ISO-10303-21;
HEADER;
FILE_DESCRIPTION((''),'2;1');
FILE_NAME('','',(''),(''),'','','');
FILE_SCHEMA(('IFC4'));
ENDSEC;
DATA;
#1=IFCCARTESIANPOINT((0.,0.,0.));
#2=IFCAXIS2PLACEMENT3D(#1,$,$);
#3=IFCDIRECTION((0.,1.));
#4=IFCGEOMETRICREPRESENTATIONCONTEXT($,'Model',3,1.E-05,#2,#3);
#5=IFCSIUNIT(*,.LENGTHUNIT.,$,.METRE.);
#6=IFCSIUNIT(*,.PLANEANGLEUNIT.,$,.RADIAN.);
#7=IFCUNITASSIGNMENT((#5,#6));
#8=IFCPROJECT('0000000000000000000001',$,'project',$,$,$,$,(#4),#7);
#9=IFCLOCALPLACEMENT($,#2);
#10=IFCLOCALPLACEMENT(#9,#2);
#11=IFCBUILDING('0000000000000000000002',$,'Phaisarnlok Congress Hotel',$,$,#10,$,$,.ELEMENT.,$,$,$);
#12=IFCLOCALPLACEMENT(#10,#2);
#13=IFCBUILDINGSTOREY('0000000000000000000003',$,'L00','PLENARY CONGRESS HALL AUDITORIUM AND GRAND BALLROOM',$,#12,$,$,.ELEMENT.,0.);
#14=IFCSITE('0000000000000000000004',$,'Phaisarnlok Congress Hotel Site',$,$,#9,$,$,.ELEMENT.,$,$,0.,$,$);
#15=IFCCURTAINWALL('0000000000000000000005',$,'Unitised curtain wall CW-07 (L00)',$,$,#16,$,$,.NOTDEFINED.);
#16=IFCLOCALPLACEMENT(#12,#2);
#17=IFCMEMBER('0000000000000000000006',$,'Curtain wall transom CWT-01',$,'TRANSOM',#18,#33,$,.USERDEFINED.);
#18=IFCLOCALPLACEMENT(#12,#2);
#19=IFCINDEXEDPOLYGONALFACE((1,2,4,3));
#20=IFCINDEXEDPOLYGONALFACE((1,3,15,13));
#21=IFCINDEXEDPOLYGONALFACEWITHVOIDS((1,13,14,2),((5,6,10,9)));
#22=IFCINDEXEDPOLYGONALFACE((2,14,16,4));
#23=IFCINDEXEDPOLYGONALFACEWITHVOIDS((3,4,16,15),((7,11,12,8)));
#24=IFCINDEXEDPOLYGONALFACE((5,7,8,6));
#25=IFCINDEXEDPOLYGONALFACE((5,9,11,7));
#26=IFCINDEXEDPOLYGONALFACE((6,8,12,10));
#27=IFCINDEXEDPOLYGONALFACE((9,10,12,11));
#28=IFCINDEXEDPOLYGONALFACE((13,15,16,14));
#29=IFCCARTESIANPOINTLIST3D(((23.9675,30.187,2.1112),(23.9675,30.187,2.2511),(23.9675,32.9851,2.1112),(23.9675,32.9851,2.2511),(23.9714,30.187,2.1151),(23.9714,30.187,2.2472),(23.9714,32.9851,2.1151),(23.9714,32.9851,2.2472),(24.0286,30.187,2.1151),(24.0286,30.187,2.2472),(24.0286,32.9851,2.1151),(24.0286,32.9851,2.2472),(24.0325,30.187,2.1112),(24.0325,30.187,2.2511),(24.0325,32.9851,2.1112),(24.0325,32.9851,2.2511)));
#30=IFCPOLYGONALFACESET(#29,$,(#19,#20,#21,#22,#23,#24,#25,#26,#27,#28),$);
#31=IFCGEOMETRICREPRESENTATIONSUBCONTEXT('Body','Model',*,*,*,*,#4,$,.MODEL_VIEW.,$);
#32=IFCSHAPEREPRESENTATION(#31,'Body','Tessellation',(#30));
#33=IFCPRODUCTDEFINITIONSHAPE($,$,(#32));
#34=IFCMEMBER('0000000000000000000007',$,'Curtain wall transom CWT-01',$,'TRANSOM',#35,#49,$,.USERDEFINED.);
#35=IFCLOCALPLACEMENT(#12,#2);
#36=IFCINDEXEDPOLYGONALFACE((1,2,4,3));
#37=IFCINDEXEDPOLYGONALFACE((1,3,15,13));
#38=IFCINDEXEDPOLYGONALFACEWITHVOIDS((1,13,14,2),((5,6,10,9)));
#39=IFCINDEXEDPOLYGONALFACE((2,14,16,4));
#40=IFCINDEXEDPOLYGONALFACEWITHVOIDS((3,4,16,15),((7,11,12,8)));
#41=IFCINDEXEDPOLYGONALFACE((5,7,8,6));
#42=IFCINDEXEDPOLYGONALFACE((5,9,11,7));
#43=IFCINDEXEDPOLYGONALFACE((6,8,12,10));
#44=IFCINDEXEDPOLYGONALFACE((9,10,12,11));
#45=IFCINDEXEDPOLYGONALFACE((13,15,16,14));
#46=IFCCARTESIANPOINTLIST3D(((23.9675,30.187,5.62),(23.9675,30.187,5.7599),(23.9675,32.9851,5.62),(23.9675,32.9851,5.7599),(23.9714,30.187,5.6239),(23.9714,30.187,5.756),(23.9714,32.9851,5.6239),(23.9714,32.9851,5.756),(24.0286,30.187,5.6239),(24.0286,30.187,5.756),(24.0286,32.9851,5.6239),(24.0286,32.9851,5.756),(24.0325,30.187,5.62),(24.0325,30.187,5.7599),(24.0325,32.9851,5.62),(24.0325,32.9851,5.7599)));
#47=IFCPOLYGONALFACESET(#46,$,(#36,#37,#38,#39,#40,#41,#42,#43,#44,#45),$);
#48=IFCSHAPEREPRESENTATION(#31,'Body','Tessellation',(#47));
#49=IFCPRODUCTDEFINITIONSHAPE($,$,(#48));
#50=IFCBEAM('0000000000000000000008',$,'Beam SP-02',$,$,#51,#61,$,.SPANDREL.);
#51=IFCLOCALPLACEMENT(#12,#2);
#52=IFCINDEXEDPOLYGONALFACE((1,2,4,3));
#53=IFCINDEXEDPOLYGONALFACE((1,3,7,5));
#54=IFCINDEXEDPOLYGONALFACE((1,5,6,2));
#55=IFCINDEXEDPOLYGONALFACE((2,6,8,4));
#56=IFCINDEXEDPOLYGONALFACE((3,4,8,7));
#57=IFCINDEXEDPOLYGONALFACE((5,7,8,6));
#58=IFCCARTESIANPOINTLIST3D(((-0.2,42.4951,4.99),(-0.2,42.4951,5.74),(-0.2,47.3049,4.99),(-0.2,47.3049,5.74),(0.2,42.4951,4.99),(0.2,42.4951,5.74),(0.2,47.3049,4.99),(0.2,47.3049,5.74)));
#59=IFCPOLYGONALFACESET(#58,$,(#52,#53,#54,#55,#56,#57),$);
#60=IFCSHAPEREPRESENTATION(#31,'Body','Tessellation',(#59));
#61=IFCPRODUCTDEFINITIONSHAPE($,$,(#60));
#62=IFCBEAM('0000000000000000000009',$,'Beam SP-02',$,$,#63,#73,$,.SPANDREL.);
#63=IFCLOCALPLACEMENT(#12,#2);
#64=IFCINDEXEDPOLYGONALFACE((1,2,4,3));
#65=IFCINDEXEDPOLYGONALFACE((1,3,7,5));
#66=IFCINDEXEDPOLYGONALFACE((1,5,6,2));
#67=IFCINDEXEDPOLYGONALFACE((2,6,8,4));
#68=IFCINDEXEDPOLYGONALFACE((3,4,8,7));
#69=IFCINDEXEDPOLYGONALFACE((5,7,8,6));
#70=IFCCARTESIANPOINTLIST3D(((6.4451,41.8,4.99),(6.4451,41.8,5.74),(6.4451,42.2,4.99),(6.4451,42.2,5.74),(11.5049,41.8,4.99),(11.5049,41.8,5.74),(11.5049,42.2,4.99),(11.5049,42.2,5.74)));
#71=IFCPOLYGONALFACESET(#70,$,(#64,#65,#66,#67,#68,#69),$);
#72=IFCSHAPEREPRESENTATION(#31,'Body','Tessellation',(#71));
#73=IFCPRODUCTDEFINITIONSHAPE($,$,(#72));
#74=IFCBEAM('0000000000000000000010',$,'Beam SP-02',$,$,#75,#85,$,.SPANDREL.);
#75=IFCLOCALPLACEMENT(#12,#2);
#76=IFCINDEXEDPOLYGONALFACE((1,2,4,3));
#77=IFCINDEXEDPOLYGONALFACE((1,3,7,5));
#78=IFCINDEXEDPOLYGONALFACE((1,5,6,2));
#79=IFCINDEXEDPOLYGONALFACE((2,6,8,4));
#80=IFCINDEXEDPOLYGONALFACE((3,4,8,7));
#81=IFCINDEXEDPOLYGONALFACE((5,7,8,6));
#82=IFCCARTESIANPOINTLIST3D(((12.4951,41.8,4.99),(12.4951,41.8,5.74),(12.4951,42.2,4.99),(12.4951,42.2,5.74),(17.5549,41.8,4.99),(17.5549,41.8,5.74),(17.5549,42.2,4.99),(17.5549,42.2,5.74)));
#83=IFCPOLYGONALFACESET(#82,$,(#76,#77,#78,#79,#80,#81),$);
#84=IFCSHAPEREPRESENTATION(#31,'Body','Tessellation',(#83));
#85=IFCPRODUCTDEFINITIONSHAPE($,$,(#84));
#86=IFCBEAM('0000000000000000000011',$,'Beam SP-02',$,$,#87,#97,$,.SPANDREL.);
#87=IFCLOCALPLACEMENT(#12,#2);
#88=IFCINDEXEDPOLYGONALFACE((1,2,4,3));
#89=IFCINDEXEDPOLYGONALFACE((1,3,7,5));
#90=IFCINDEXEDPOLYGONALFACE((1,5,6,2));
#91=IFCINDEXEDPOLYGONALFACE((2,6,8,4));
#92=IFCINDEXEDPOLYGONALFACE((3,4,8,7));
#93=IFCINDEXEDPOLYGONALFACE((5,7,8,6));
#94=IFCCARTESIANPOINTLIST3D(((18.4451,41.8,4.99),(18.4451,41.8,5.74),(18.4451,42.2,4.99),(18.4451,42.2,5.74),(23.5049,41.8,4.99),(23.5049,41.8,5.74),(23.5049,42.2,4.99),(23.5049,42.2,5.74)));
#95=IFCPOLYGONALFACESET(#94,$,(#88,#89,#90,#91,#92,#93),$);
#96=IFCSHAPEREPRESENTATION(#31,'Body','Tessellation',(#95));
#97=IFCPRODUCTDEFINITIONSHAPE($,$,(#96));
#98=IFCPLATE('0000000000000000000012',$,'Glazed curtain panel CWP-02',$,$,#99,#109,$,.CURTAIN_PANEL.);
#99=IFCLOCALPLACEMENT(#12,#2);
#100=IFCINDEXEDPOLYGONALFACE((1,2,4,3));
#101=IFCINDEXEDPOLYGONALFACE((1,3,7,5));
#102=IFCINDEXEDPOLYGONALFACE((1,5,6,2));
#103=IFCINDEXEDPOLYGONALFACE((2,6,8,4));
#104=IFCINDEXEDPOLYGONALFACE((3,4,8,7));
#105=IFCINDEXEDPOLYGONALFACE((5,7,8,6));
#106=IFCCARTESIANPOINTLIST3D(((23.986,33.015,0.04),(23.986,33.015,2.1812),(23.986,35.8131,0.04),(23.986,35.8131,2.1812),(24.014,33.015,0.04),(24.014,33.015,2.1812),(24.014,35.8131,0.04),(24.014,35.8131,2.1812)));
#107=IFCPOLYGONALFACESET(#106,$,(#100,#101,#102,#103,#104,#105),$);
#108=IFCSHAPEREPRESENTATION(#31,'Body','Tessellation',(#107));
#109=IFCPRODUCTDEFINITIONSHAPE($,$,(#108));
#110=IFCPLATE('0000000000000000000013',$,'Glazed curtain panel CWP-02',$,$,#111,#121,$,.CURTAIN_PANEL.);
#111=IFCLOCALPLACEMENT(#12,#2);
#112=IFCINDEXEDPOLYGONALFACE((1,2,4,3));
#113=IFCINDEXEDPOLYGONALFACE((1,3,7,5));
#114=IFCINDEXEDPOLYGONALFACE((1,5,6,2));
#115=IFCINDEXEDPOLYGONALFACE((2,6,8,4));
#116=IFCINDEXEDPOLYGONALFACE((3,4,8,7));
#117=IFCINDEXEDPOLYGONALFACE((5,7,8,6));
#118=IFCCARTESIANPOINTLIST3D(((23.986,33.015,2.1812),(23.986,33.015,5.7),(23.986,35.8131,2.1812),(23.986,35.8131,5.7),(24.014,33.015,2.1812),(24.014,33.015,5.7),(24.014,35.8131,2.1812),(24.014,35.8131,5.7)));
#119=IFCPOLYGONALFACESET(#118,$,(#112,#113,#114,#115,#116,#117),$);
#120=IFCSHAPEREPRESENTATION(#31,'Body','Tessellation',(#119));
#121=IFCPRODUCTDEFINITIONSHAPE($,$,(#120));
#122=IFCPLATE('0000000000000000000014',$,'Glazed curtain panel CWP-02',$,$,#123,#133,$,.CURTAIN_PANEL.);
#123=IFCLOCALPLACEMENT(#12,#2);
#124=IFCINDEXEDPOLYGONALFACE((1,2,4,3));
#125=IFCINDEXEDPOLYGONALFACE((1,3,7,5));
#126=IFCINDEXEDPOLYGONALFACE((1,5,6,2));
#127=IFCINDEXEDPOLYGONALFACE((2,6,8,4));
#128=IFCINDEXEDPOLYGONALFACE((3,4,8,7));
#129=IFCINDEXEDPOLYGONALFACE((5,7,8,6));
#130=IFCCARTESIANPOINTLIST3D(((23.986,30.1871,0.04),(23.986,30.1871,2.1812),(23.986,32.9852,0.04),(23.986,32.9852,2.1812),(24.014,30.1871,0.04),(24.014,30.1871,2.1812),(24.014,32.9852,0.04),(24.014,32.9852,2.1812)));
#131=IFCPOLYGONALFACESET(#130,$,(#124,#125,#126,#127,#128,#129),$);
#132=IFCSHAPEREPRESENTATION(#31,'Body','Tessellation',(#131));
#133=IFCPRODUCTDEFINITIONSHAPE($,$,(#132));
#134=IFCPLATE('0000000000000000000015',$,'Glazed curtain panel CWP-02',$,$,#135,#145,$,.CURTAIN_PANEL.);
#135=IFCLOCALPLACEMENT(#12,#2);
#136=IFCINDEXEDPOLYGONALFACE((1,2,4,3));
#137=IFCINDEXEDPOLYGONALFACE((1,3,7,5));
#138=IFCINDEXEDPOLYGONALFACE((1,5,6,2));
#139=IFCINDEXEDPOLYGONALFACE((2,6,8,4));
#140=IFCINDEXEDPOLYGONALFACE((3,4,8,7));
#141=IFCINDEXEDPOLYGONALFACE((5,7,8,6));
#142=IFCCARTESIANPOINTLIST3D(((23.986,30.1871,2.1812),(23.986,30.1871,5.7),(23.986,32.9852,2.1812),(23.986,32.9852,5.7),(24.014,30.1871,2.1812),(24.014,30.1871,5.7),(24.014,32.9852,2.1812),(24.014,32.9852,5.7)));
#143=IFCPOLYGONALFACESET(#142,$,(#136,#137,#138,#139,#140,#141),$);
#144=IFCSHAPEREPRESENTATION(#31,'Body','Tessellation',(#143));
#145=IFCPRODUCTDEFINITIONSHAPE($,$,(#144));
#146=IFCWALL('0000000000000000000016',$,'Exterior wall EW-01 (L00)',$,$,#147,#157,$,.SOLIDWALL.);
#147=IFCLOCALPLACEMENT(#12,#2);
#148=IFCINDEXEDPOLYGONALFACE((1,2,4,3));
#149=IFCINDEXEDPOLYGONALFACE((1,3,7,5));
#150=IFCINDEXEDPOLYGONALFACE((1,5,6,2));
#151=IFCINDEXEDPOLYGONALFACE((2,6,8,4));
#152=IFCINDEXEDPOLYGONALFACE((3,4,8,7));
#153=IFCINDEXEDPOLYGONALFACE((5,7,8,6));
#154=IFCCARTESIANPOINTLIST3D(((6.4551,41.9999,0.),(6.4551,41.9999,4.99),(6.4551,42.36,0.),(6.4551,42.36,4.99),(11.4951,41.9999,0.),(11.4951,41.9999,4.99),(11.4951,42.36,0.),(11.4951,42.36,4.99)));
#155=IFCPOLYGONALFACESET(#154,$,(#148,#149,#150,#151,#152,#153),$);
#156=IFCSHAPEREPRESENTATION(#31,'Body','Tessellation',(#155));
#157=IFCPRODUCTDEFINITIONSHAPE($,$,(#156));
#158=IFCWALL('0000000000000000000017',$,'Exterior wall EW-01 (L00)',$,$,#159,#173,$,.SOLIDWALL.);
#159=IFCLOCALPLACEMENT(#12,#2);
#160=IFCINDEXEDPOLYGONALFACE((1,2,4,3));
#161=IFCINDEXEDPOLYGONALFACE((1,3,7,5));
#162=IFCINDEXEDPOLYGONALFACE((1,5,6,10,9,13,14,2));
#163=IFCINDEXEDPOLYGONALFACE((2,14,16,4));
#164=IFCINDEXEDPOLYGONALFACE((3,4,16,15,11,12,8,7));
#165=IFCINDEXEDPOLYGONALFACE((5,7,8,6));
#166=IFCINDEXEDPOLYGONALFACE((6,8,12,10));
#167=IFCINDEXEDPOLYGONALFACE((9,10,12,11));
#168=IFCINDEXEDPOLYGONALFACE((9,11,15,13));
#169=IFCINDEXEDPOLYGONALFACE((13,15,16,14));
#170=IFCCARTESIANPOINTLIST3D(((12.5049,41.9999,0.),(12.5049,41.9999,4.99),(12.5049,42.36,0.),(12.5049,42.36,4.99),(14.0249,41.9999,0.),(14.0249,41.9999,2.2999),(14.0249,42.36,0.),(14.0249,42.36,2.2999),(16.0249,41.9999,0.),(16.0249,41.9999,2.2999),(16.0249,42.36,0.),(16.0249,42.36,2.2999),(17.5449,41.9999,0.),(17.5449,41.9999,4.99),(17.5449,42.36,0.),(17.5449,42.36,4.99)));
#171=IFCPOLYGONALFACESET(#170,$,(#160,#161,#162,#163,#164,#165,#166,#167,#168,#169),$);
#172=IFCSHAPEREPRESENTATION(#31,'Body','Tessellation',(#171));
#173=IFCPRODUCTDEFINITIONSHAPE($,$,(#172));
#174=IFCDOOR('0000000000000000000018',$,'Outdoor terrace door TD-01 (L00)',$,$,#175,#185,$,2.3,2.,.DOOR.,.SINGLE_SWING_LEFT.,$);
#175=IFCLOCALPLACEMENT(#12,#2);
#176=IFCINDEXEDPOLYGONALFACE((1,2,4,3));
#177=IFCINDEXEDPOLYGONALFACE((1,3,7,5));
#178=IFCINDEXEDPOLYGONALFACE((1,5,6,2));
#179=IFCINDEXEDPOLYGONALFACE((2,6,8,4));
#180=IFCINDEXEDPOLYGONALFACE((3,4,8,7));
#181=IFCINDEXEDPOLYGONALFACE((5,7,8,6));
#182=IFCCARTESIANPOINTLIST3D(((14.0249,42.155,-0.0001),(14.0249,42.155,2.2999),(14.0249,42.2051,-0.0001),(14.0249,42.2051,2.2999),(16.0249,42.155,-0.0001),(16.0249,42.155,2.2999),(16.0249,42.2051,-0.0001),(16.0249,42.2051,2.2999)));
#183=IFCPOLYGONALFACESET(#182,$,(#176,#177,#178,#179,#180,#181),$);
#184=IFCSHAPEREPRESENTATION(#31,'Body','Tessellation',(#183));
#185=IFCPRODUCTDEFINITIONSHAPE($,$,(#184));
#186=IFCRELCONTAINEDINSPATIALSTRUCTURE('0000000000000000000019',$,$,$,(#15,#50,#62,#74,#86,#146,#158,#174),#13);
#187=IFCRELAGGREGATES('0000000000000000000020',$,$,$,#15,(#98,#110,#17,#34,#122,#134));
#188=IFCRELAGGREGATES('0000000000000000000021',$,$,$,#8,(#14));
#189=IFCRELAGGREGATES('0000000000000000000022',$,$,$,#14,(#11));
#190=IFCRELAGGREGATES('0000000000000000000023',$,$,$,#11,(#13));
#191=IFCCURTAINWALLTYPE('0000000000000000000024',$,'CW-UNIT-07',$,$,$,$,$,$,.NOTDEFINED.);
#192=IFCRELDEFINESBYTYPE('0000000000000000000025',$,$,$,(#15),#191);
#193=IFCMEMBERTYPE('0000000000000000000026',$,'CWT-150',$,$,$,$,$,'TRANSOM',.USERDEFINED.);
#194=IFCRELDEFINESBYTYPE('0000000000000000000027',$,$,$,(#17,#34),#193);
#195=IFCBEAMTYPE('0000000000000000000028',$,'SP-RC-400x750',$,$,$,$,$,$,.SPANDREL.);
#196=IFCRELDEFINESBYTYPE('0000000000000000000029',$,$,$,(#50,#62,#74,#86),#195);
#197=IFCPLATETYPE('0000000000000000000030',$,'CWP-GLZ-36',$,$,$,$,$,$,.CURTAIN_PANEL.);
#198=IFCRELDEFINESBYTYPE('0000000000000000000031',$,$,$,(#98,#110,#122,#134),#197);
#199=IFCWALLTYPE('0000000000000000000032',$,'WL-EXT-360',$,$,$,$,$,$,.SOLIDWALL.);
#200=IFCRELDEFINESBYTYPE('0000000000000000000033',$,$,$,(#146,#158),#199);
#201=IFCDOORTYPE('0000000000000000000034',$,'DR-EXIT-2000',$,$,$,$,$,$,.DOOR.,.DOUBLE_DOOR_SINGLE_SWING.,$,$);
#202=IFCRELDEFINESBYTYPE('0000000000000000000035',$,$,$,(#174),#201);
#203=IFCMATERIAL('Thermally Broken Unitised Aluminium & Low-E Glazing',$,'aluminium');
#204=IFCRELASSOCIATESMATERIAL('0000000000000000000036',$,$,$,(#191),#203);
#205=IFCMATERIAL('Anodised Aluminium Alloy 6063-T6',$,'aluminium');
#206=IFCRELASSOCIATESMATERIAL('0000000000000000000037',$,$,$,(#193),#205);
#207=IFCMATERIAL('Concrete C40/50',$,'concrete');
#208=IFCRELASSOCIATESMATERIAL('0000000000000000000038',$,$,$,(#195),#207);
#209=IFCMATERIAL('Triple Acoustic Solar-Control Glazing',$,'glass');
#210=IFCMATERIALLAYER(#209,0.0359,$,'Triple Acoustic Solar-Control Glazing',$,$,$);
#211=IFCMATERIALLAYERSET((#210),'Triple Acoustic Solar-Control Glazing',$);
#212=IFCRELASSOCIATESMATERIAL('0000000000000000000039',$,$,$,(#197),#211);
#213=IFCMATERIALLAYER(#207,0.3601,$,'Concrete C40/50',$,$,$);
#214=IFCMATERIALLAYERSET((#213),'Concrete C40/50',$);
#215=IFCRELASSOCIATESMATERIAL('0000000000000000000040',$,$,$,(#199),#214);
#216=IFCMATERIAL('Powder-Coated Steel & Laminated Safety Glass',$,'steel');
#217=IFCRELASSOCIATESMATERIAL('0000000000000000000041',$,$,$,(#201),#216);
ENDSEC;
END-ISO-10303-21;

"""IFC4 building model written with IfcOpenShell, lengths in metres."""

from ifc_helpers import new_model, si_unit, direction, frame, frame_2d, origin, origin_2d, place, context, subcontext, project, spatial, rectangle, hollow_rectangle, extrude, material, layer, layer_set, material_profile, profile_set, type_object, element, fill, aggregate, save


model = new_model("IFC4")

# Units and contexts
model_context = context("Model", 3, precision=1e-05, world=origin(), true_north=direction((0.0, 1.0)))
body_context = subcontext(model_context, "Body", "Model", "MODEL_VIEW")
ifc_project = project(units=[si_unit("LENGTHUNIT", "METRE"), si_unit("PLANEANGLEUNIT", "RADIAN")], contexts=[model_context])

# Site, building, storey
site_placement = place(None, origin())
site = spatial("IfcSite", under=ifc_project, at=site_placement, Name="Phaisarnlok Congress Hotel Site", CompositionType="ELEMENT", RefElevation=0.0)
building_placement = place(site_placement, origin())
building = spatial("IfcBuilding", under=site, at=building_placement, Name="Phaisarnlok Congress Hotel", CompositionType="ELEMENT")
storey_placement = place(building_placement, origin())
storey = spatial("IfcBuildingStorey", under=building, at=storey_placement, Name="L00", Description="PLENARY CONGRESS HALL AUDITORIUM AND GRAND BALLROOM", CompositionType="ELEMENT", Elevation=0.0)

# Curtain wall, members
ifc_material_1 = material(Name="Thermally Broken Unitised Aluminium & Low-E Glazing", Category="aluminium")
curtain_wall_type = type_object("IfcCurtainWallType", Name="CW-UNIT-07", PredefinedType="NOTDEFINED", material=ifc_material_1)
curtain_wall_placement = place(storey_placement, origin())
curtain_wall = element("IfcCurtainWall", 1, at=curtain_wall_placement, inside=storey, type_object=curtain_wall_type, Name="Unitised curtain wall CW-07 (L00)", PredefinedType="NOTDEFINED")
ifc_material_2 = material(Name="Anodised Aluminium Alloy 6063-T6", Category="aluminium")
ifc_material_profile_1 = material_profile(ifc_material_2, hollow_rectangle(XDim=0.0649, YDim=0.1399, WallThickness=0.0039, at=origin_2d()), Name="ALU-T 65x140x4")
ifc_profile_set_1 = profile_set([ifc_material_profile_1], Name="Anodised Aluminium Alloy 6063-T6")
member_type_1 = type_object("IfcMemberType", Name="CWT-150", ElementType="TRANSOM", PredefinedType="USERDEFINED", material=ifc_profile_set_1)
member_1_placement = place(storey_placement, frame((24.0, 32.9851, 2.1812), z_axis=(0.0, -1.0, 0.0), x_axis=(1.0, 0.0, 0.0)))
member_1 = element("IfcMember", 2, at=member_1_placement, type_object=member_type_1, Name="Curtain wall transom CWT-01", ObjectType="TRANSOM", PredefinedType="USERDEFINED", context=body_context, shape_type="SweptSolid", body=[
    extrude(hollow_rectangle(XDim=0.0649, YDim=0.1399, WallThickness=0.0039, at=origin_2d()), origin(), (0.0, 0.0, 1.0), 2.7981),
])
member_2_placement = place(storey_placement, frame((24.0, 32.9851, 5.6899), z_axis=(0.0, -1.0, 0.0), x_axis=(1.0, 0.0, 0.0)))
member_2 = element("IfcMember", 3, at=member_2_placement, type_object=member_type_1, Name="Curtain wall transom CWT-01", ObjectType="TRANSOM", PredefinedType="USERDEFINED", context=body_context, shape_type="SweptSolid", body=[
    extrude(hollow_rectangle(XDim=0.0649, YDim=0.1399, WallThickness=0.0039, at=origin_2d()), origin(), (0.0, 0.0, 1.0), 2.7981),
])

# Beams
ifc_material_3 = material(Name="Concrete C40/50", Category="concrete")
ifc_material_profile_2 = material_profile(ifc_material_3, rectangle(XDim=0.3999, YDim=0.75, at=origin_2d()), Name="RC 400x750")
ifc_profile_set_2 = profile_set([ifc_material_profile_2], Name="Concrete C40/50")
beam_type = type_object("IfcBeamType", Name="SP-RC-400x750", PredefinedType="SPANDREL", material=ifc_profile_set_2)
beam_placement = place(storey_placement, frame((0.0, 42.4951, 5.365), z_axis=(0.0, 1.0, 0.0), x_axis=(-1.0, 0.0, 0.0)))
element("IfcBeam", 4, at=beam_placement, inside=storey, type_object=beam_type, Name="Beam SP-02", PredefinedType="SPANDREL", context=body_context, shape_type="SweptSolid", body=[
    extrude(rectangle(XDim=0.3999, YDim=0.75, at=origin_2d()), origin(), (0.0, 0.0, 1.0), 4.8098),
])
for number, where, z_axis, x_axis, name in (
    (5, (6.4451, 42.0, 5.365), (1.0, 0.0, 0.0), (0.0, 1.0, 0.0), "Beam SP-02"),
    (6, (12.4951, 42.0, 5.365), (1.0, 0.0, 0.0), (0.0, 1.0, 0.0), "Beam SP-02"),
    (7, (18.4451, 42.0, 5.365), (1.0, 0.0, 0.0), (0.0, 1.0, 0.0), "Beam SP-02"),
):
    element("IfcBeam", number, at=place(storey_placement, frame(where, z_axis=z_axis, x_axis=x_axis)), inside=storey, type_object=beam_type, Name=name, PredefinedType="SPANDREL", context=body_context, shape_type="SweptSolid", body=[
        extrude(rectangle(XDim=0.3999, YDim=0.75, at=origin_2d()), origin(), (0.0, 0.0, 1.0), 5.0598),
    ])

# Plates
ifc_material_4 = material(Name="Triple Acoustic Solar-Control Glazing", Category="glass")
ifc_layer_1 = layer(ifc_material_4, 0.0359, Name="Triple Acoustic Solar-Control Glazing")
ifc_layer_set_1 = layer_set([ifc_layer_1], Name="Triple Acoustic Solar-Control Glazing")
plate_type = type_object("IfcPlateType", Name="CWP-GLZ-36", PredefinedType="CURTAIN_PANEL", material=ifc_layer_set_1)
plate_1_placement = place(storey_placement, frame((24.0, 35.813, 0.04), z_axis=(0.0, 0.0, 1.0), x_axis=(0.0, -1.0, 0.0)))
plate_1 = element("IfcPlate", 8, at=plate_1_placement, type_object=plate_type, Name="Glazed curtain panel CWP-02", PredefinedType="CURTAIN_PANEL", context=body_context, shape_type="SweptSolid", body=[
    extrude(rectangle(XDim=2.7981, YDim=0.0281, at=frame_2d((1.3989, 0.0))), origin(), (0.0, 0.0, 1.0), 2.1411),
])
plate_2_placement = place(storey_placement, frame((24.0, 35.813, 2.1812), z_axis=(0.0, 0.0, 1.0), x_axis=(0.0, -1.0, 0.0)))
plate_2 = element("IfcPlate", 9, at=plate_2_placement, type_object=plate_type, Name="Glazed curtain panel CWP-02", PredefinedType="CURTAIN_PANEL", context=body_context, shape_type="SweptSolid", body=[
    extrude(rectangle(XDim=2.7981, YDim=0.0281, at=frame_2d((1.3989, 0.0))), origin(), (0.0, 0.0, 1.0), 3.5188),
])
plate_3_placement = place(storey_placement, frame((24.0, 32.9851, 0.04), z_axis=(0.0, 0.0, 1.0), x_axis=(0.0, -1.0, 0.0)))
plate_3 = element("IfcPlate", 10, at=plate_3_placement, type_object=plate_type, Name="Glazed curtain panel CWP-02", PredefinedType="CURTAIN_PANEL", context=body_context, shape_type="SweptSolid", body=[
    extrude(rectangle(XDim=2.7981, YDim=0.0281, at=frame_2d((1.3989, 0.0))), origin(), (0.0, 0.0, 1.0), 2.1411),
])
plate_4_placement = place(storey_placement, frame((24.0, 32.9851, 2.1812), z_axis=(0.0, 0.0, 1.0), x_axis=(0.0, -1.0, 0.0)))
plate_4 = element("IfcPlate", 11, at=plate_4_placement, type_object=plate_type, Name="Glazed curtain panel CWP-02", PredefinedType="CURTAIN_PANEL", context=body_context, shape_type="SweptSolid", body=[
    extrude(rectangle(XDim=2.7981, YDim=0.0281, at=frame_2d((1.3989, 0.0))), origin(), (0.0, 0.0, 1.0), 3.5188),
])
aggregate(curtain_wall, [plate_1, plate_2, member_1, member_2, plate_3, plate_4])

# Wall
ifc_layer_2 = layer(ifc_material_3, 0.3601, Name="Concrete C40/50")
ifc_layer_set_2 = layer_set([ifc_layer_2], Name="Concrete C40/50")
wall_type_1 = type_object("IfcWallType", Name="WL-EXT-360", PredefinedType="SOLIDWALL", material=ifc_layer_set_2)
wall_1_placement = place(storey_placement, frame((6.4551, 42.1799, 0.0), z_axis=(0.0, 0.0, 1.0), x_axis=(1.0, 0.0, 0.0)))
element("IfcWall", 12, at=wall_1_placement, inside=storey, type_object=wall_type_1, Name="Exterior wall EW-01 (L00)", PredefinedType="SOLIDWALL", context=body_context, shape_type="SweptSolid", body=[
    extrude(rectangle(XDim=5.04, YDim=0.3601, at=frame_2d((2.52, 0.0))), origin(), (0.0, 0.0, 1.0), 4.99),
])

# Wall, opening, door
wall_2_placement = place(storey_placement, frame((12.5049, 42.1799, 0.0), z_axis=(0.0, 0.0, 1.0), x_axis=(1.0, 0.0, 0.0)))
wall_2 = element("IfcWall", 13, at=wall_2_placement, inside=storey, type_object=wall_type_1, Name="Exterior wall EW-01 (L00)", PredefinedType="SOLIDWALL", context=body_context, shape_type="SweptSolid", body=[
    extrude(rectangle(XDim=5.04, YDim=0.3601, at=frame_2d((2.52, 0.0))), origin(), (0.0, 0.0, 1.0), 4.99),
])
opening_1_placement = place(wall_2_placement, frame((1.52, 0.0, 0.0)))
opening_1 = element("IfcOpeningElement", 14, at=opening_1_placement, cuts=wall_2, PredefinedType="OPENING", context=body_context, shape_type="SweptSolid", body=[
    extrude(rectangle(XDim=2.0, YDim=2.3, at=frame_2d((1.0, 1.1499))), frame((0.0, 0.1899, 0.0), z_axis=(0.0, -1.0, 0.0), x_axis=(1.0, 0.0, 0.0)), (0.0, 0.0, 1.0), 0.3801),
])
ifc_material_5 = material(Name="Powder-Coated Steel & Laminated Safety Glass", Category="steel")
door_type_1 = type_object("IfcDoorType", Name="DR-EXIT-2000", OperationType="DOUBLE_DOOR_SINGLE_SWING", PredefinedType="DOOR", material=ifc_material_5)
door_1_placement = place(opening_1_placement, frame((2.0, 0.0, 0.0), z_axis=(0.0, 0.0, 1.0), x_axis=(-1.0, 0.0, 0.0)))
door_1 = element("IfcDoor", 15, at=door_1_placement, inside=storey, type_object=door_type_1, Name="Outdoor terrace door TD-01 (L00)", OperationType="SINGLE_SWING_LEFT", OverallHeight=2.3, OverallWidth=2.0, PredefinedType="DOOR", context=body_context, shape_type="SweptSolid", body=[
    extrude(rectangle(XDim=2.0, YDim=2.3, at=frame_2d((1.0, 1.1499))), frame((0.0, 0.0249, 0.0), z_axis=(0.0, -1.0, 0.0), x_axis=(1.0, 0.0, 0.0)), (0.0, 0.0, 1.0), 0.05),
])
fill(opening_1, door_1)

save(model, "model.ifc")
